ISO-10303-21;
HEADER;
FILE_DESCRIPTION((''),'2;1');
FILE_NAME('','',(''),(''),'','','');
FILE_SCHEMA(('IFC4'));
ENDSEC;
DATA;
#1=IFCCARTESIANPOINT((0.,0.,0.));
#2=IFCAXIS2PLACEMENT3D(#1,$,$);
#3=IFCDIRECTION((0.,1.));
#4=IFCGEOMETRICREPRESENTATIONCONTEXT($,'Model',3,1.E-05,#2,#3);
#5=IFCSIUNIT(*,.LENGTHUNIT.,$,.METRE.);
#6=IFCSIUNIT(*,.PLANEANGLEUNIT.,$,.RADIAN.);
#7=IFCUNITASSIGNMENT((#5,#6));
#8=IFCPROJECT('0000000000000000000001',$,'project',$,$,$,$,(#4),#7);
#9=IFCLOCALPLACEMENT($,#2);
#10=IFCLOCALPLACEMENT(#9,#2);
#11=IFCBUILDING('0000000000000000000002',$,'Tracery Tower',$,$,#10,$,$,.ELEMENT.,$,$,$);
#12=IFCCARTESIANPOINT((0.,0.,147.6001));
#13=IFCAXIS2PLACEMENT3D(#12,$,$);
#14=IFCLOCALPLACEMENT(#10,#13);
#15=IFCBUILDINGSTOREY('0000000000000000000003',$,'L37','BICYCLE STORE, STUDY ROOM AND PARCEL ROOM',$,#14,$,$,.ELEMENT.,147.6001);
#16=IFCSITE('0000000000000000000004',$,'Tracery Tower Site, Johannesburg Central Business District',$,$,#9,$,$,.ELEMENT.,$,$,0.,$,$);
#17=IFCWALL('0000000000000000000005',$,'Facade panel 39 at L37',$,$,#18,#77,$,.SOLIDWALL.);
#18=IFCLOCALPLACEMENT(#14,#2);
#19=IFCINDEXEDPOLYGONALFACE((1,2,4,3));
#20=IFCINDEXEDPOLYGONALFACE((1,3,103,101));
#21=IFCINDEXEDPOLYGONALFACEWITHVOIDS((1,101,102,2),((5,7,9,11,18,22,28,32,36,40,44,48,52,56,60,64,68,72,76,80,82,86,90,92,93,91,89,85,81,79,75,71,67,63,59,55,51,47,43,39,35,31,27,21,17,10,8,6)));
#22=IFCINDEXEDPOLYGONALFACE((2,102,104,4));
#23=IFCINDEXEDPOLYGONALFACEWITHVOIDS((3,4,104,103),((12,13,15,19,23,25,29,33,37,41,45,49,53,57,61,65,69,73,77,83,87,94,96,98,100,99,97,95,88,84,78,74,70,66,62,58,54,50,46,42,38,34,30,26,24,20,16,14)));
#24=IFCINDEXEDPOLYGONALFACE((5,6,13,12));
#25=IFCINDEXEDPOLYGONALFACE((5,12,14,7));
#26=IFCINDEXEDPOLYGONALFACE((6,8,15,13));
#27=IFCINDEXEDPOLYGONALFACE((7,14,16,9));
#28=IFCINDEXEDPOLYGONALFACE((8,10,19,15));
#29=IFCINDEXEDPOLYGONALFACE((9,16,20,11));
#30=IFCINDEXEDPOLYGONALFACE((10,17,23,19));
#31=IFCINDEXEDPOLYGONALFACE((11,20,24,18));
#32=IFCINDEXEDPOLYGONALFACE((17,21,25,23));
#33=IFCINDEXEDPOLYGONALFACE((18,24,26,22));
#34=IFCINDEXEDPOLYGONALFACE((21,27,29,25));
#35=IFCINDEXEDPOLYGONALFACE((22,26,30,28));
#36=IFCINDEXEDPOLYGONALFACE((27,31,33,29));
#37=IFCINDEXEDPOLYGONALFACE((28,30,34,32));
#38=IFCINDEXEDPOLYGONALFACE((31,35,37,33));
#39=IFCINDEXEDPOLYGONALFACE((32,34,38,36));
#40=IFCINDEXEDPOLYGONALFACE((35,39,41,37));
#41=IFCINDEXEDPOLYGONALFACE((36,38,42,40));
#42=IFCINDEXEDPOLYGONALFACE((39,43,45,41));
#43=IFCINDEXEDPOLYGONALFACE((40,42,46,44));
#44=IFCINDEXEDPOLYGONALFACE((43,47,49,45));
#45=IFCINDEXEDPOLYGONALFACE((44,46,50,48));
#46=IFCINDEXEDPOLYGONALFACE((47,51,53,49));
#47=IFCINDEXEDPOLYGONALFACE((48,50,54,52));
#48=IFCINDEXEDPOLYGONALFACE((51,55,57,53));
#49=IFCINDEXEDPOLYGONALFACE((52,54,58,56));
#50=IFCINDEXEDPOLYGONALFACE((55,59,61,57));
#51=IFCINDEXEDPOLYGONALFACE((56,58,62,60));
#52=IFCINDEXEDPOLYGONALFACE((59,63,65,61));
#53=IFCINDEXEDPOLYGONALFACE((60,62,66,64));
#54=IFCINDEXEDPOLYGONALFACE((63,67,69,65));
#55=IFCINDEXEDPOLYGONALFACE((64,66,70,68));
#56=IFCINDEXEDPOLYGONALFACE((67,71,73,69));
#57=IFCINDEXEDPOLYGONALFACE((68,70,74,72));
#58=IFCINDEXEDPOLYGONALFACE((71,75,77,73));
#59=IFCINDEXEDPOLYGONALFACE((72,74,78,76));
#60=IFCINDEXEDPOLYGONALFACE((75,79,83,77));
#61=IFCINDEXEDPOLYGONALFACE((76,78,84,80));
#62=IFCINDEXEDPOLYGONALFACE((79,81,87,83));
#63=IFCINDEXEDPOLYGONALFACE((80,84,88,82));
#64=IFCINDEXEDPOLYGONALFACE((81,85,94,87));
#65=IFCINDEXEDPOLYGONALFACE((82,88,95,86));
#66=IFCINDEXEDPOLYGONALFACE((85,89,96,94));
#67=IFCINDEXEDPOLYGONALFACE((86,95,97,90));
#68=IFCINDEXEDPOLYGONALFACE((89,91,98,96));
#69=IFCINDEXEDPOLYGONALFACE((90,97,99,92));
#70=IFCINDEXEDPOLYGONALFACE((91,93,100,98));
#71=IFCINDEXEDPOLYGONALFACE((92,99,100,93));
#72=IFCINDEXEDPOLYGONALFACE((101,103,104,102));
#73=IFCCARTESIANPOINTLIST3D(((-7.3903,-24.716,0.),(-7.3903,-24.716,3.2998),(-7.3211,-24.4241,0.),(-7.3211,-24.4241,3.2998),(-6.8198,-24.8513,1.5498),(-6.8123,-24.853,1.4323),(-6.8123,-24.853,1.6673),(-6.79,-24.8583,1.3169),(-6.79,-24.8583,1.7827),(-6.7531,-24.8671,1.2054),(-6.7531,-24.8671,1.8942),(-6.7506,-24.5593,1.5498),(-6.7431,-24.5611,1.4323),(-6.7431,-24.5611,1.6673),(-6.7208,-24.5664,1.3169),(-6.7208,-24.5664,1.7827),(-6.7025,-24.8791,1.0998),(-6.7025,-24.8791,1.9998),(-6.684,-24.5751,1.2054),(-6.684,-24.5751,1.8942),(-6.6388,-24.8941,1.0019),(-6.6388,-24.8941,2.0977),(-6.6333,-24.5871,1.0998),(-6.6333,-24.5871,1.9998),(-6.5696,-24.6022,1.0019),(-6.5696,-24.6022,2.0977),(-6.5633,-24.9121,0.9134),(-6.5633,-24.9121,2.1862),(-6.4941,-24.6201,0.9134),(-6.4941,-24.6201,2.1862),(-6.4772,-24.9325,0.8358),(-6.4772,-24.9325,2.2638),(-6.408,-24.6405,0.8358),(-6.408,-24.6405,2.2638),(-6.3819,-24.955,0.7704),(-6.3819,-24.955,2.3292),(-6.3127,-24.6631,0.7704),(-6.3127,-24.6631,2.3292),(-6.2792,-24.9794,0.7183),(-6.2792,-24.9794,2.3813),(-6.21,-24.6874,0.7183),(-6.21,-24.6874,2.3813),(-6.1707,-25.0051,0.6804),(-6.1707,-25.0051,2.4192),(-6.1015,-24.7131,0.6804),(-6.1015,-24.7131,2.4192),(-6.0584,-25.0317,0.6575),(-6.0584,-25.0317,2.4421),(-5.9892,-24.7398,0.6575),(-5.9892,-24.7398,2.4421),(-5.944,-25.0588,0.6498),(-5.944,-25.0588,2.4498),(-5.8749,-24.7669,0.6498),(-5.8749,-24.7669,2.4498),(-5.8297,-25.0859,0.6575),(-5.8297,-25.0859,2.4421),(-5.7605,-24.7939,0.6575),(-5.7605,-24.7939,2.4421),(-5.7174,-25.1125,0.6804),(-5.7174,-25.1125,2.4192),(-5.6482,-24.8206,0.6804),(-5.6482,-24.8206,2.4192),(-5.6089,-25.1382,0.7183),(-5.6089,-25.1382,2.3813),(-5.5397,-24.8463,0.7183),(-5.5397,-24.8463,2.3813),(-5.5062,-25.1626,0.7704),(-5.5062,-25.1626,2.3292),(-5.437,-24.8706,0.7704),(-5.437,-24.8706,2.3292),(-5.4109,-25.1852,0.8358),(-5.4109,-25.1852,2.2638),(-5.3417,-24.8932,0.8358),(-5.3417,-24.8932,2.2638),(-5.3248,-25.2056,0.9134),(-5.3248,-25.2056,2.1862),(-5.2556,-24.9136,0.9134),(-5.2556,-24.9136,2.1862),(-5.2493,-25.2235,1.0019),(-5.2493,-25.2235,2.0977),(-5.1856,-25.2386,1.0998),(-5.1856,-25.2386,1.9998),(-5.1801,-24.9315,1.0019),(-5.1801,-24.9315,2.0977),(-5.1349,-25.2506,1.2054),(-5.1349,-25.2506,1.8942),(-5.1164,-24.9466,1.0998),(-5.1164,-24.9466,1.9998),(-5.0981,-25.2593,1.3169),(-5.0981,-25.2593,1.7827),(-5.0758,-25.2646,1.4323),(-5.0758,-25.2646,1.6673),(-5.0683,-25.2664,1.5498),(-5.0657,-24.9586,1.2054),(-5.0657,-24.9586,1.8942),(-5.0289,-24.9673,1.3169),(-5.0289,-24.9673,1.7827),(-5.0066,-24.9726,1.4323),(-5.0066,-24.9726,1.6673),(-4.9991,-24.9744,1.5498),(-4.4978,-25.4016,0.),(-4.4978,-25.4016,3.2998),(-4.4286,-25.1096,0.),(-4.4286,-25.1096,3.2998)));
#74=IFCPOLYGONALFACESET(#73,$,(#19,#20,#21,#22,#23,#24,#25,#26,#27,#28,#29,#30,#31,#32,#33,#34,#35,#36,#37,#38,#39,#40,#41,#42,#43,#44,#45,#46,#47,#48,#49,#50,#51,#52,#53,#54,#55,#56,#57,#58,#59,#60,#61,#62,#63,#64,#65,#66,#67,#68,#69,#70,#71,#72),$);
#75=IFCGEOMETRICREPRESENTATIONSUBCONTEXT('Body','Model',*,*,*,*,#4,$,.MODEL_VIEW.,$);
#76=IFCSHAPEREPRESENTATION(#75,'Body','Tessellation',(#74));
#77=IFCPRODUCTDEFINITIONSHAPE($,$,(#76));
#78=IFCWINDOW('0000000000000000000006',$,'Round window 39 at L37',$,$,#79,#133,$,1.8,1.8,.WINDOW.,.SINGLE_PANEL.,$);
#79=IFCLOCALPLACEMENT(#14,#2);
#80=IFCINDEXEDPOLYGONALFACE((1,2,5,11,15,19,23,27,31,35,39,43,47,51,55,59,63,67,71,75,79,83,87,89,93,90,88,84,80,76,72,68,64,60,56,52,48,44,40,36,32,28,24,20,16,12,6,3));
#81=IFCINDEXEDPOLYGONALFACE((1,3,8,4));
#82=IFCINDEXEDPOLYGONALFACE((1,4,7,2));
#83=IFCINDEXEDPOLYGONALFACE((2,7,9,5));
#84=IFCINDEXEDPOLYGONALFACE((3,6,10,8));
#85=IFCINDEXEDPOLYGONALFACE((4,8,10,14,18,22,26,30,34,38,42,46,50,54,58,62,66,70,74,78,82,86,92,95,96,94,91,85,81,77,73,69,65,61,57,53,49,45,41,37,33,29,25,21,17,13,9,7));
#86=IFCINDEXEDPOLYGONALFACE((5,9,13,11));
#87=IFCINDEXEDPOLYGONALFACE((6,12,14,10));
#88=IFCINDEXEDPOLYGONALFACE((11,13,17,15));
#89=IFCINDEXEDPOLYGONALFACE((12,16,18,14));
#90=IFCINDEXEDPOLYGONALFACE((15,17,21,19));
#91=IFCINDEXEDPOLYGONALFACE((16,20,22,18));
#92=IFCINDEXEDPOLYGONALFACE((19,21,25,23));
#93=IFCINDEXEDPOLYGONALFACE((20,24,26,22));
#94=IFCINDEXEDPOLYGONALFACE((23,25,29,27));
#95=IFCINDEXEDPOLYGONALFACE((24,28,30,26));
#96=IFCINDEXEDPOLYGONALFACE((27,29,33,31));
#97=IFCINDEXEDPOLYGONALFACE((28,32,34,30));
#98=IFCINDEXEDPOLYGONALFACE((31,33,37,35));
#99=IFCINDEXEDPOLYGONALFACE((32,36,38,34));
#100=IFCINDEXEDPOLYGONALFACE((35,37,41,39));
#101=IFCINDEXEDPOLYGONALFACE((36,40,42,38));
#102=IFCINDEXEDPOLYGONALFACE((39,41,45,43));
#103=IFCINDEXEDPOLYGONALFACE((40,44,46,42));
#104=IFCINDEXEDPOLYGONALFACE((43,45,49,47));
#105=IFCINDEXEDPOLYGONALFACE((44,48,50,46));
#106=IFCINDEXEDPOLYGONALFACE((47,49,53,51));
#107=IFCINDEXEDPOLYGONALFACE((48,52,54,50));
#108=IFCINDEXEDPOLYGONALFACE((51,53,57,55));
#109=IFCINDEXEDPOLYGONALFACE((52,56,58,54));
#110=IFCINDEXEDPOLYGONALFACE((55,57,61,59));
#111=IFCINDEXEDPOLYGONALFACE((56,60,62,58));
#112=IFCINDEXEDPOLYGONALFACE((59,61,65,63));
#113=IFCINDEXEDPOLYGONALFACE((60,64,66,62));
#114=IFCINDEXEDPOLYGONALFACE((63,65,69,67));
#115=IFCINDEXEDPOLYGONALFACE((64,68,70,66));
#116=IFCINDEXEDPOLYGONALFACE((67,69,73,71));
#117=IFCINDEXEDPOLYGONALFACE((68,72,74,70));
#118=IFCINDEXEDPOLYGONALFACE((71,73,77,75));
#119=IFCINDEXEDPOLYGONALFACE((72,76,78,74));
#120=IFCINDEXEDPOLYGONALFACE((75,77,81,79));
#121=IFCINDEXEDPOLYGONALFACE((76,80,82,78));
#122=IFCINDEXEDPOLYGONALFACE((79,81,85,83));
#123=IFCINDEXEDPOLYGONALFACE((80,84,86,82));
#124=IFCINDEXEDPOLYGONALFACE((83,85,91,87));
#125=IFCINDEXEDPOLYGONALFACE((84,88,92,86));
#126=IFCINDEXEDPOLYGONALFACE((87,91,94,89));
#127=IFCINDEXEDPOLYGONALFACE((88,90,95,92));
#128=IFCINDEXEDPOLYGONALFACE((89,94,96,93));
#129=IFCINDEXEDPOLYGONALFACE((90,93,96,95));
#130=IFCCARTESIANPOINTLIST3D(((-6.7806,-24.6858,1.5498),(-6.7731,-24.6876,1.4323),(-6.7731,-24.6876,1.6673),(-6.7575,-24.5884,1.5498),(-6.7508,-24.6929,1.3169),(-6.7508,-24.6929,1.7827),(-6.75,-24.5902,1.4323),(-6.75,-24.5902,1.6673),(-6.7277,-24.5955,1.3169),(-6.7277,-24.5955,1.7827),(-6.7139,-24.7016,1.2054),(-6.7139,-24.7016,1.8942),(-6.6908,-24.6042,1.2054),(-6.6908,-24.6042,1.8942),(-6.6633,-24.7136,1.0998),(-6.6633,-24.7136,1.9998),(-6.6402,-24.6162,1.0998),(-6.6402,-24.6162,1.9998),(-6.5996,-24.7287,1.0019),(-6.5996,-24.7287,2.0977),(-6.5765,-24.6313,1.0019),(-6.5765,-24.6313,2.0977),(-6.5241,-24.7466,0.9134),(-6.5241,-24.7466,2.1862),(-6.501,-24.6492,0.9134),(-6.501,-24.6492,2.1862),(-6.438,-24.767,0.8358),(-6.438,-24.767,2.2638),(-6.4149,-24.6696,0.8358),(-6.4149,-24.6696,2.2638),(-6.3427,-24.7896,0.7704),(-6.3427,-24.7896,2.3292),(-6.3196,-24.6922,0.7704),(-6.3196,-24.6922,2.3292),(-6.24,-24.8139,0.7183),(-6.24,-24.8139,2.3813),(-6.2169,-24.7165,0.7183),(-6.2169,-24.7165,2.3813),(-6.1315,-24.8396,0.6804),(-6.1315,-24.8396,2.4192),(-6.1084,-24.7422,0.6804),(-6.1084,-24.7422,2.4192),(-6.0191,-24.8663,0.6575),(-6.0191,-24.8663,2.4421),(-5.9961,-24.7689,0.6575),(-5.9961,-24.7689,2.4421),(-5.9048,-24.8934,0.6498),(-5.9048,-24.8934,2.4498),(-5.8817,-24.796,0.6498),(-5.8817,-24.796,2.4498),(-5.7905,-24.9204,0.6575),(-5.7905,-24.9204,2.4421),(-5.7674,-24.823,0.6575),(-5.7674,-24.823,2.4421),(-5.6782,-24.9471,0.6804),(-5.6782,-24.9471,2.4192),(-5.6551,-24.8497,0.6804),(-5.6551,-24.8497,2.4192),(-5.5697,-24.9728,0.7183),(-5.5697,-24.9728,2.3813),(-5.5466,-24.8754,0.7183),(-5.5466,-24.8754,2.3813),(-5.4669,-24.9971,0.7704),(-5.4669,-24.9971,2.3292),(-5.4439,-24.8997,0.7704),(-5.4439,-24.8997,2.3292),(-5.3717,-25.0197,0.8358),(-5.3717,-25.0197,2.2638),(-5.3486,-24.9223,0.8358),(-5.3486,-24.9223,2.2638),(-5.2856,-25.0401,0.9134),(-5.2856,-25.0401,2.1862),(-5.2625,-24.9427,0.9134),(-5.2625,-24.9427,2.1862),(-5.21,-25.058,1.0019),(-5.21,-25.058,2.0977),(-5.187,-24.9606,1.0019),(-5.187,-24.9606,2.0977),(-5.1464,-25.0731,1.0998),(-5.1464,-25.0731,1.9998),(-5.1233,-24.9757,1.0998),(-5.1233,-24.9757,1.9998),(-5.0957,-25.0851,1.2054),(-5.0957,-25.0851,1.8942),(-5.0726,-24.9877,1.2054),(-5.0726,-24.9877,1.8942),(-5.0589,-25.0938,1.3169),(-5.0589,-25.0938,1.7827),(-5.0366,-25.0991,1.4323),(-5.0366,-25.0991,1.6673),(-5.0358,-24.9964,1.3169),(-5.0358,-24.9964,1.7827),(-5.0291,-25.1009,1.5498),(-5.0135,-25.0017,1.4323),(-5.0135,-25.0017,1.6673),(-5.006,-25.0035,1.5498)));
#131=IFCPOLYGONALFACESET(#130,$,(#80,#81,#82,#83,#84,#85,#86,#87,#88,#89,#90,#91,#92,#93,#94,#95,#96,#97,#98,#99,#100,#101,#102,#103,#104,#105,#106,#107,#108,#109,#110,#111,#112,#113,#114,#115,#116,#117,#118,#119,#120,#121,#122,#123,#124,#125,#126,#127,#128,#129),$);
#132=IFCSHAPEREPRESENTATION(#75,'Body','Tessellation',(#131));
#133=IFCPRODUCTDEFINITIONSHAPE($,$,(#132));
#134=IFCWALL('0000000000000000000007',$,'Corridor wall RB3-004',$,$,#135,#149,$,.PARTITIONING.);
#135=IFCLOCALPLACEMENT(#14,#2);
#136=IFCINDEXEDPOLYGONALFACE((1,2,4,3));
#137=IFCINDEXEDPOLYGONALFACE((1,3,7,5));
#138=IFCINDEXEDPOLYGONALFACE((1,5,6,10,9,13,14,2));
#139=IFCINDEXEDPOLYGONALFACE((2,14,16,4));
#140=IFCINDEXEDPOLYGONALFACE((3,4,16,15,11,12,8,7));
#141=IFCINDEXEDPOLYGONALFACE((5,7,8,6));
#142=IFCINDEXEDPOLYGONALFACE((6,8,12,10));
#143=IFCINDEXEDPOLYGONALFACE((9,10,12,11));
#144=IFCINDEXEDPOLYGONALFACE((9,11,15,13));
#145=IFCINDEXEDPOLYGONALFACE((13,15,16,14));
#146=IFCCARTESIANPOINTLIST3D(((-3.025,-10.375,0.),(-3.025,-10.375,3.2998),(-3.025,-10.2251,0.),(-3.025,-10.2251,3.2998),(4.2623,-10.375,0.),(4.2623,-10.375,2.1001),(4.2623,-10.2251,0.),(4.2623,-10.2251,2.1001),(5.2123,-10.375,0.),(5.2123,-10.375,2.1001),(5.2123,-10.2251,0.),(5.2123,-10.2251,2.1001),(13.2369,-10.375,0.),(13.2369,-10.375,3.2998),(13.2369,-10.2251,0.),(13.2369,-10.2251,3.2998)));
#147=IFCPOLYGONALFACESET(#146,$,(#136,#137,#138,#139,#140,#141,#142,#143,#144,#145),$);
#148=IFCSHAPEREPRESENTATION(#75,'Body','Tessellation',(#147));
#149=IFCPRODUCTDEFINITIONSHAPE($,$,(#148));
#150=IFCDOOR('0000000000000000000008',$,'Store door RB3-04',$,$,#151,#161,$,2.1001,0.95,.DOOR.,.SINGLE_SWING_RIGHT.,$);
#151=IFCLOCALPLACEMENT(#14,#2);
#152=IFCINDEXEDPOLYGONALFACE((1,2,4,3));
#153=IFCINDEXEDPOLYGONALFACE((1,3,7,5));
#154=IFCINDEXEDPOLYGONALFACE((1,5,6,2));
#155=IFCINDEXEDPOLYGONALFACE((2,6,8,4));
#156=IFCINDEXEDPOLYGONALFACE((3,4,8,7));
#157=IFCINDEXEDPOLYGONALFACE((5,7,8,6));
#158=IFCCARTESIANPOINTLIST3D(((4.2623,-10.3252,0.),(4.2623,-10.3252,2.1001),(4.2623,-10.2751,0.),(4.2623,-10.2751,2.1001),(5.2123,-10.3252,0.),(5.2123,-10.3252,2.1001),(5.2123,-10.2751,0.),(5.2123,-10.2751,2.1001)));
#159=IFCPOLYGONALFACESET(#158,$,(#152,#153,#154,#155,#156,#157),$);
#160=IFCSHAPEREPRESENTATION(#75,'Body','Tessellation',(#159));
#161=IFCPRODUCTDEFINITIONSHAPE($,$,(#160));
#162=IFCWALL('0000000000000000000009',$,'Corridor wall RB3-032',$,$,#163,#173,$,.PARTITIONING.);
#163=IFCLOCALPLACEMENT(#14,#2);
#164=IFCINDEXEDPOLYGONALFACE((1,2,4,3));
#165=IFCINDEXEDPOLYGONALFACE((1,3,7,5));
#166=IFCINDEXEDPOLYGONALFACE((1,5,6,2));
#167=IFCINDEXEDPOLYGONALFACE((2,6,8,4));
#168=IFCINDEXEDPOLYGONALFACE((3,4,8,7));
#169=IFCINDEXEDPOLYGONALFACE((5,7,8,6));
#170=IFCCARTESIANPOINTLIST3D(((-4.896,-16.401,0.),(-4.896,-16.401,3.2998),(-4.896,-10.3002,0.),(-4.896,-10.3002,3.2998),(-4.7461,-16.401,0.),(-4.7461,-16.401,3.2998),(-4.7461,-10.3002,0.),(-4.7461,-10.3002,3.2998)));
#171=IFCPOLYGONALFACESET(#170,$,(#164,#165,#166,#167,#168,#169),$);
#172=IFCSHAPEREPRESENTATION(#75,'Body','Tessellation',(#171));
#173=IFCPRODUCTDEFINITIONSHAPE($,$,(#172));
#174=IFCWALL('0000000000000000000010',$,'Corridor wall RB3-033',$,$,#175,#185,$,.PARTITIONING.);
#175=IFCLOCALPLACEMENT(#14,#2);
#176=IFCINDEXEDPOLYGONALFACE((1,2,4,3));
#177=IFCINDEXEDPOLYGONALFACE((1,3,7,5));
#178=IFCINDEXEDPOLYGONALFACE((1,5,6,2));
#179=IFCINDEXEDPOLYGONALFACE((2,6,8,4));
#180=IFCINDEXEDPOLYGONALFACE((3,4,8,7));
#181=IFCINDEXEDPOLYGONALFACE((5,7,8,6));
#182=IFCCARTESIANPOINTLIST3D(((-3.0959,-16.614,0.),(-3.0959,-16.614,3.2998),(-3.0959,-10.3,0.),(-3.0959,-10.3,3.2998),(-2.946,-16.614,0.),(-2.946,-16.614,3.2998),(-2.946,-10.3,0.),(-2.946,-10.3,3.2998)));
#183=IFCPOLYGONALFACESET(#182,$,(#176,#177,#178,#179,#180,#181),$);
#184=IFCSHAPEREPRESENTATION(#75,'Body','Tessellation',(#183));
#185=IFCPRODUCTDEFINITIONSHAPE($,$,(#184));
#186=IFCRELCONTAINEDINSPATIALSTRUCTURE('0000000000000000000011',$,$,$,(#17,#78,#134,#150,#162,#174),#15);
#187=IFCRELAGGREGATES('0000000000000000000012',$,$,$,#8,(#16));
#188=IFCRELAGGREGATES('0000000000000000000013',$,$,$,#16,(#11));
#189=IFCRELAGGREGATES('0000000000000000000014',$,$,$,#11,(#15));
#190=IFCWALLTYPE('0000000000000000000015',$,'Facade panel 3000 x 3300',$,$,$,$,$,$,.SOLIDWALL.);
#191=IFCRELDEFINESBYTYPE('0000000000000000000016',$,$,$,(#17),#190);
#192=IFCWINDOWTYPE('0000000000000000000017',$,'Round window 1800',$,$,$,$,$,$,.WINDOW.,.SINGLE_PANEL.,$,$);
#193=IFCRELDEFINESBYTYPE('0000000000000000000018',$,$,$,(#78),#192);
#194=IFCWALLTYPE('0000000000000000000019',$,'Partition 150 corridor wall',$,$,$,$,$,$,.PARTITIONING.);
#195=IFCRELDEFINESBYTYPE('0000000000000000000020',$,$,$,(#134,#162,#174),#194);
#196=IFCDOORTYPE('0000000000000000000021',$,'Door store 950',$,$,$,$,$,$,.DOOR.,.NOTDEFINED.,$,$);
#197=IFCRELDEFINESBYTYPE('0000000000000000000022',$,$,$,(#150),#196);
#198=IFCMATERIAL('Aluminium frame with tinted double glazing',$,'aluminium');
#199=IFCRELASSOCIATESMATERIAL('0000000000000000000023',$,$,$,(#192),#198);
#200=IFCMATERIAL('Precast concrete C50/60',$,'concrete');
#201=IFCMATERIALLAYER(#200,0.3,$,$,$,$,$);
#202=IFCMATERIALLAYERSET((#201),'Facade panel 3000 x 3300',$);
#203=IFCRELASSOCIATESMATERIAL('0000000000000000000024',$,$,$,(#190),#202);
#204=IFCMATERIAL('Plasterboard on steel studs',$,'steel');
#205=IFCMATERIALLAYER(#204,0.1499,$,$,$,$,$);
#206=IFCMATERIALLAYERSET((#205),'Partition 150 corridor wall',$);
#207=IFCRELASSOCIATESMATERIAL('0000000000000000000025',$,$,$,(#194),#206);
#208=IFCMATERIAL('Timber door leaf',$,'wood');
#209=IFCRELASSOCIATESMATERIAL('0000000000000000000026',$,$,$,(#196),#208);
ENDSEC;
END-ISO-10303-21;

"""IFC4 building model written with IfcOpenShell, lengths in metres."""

from ifc_helpers import new_model, si_unit, direction, frame, frame_2d, origin, origin_2d, place, context, subcontext, project, spatial, rectangle, circle, extrude, material, layer, layer_set, type_object, element, fill, save


model = new_model("IFC4")

# Units and contexts
model_context = context("Model", 3, precision=1e-05, world=origin(), true_north=direction((0.0, 1.0)))
body_context = subcontext(model_context, "Body", "Model", "MODEL_VIEW")
ifc_project = project(units=[si_unit("LENGTHUNIT", "METRE"), si_unit("PLANEANGLEUNIT", "RADIAN")], contexts=[model_context])

# Site, building, storey
site_placement = place(None, origin())
site = spatial("IfcSite", under=ifc_project, at=site_placement, Name="Tracery Tower Site, Johannesburg Central Business District", CompositionType="ELEMENT", RefElevation=0.0)
building_placement = place(site_placement, origin())
building = spatial("IfcBuilding", under=site, at=building_placement, Name="Tracery Tower", CompositionType="ELEMENT")
storey_placement = place(building_placement, frame((0.0, 0.0, 147.6001)))
storey = spatial("IfcBuildingStorey", under=building, at=storey_placement, Name="L37", Description="BICYCLE STORE, STUDY ROOM AND PARCEL ROOM", CompositionType="ELEMENT", Elevation=147.6001)

# Wall, opening, window
ifc_material_1 = material(Name="Aluminium frame with tinted double glazing", Category="aluminium")
window_type = type_object("IfcWindowType", Name="Round window 1800", PartitioningType="SINGLE_PANEL", PredefinedType="WINDOW", material=ifc_material_1)
ifc_material_2 = material(Name="Precast concrete C50/60", Category="concrete")
ifc_layer_1 = layer(ifc_material_2, 0.3)
ifc_layer_set_1 = layer_set([ifc_layer_1], Name="Facade panel 3000 x 3300")
wall_type_1 = type_object("IfcWallType", Name="Facade panel 3000 x 3300", PredefinedType="SOLIDWALL", material=ifc_layer_set_1)
wall_1_placement = place(storey_placement, frame((-7.3557, -24.5701, 0.0), z_axis=(0.0, 0.0, 1.0), x_axis=(0.973045, -0.230614, 0.0)))
wall_1 = element("IfcWall", 1, at=wall_1_placement, inside=storey, type_object=wall_type_1, Name="Facade panel 39 at L37", PredefinedType="SOLIDWALL", context=body_context, shape_type="SweptSolid", body=[
    extrude(rectangle(XDim=2.9727, YDim=0.3, at=frame_2d((1.4863, 0.0))), origin(), (0.0, 0.0, 1.0), 3.2998),
])
opening_1_placement = place(wall_1_placement, frame((1.4863, 0.0, 1.5498)))
opening_1 = element("IfcOpeningElement", 2, at=opening_1_placement, cuts=wall_1, PredefinedType="OPENING", context=body_context, shape_type="SweptSolid", body=[
    extrude(circle(Radius=0.9, at=origin_2d()), frame((0.0, 0.1599, 0.0), z_axis=(0.0, -1.0, 0.0), x_axis=(1.0, 0.0, 0.0)), (0.0, 0.0, 1.0), 0.3201),
])
window_1_placement = place(opening_1_placement, origin())
window_1 = element("IfcWindow", 3, at=window_1_placement, inside=storey, type_object=window_type, Name="Round window 39 at L37", OverallHeight=1.8, OverallWidth=1.8, PartitioningType="SINGLE_PANEL", PredefinedType="WINDOW", context=body_context, shape_type="SweptSolid", body=[
    extrude(circle(Radius=0.9, at=origin_2d()), frame((0.0, 0.1201, 0.0), z_axis=(0.0, -1.0, 0.0), x_axis=(1.0, 0.0, 0.0)), (0.0, 0.0, 1.0), 0.1001),
])
fill(opening_1, window_1)

# Wall, opening, door
ifc_material_3 = material(Name="Plasterboard on steel studs", Category="steel")
ifc_layer_2 = layer(ifc_material_3, 0.1499)
ifc_layer_set_2 = layer_set([ifc_layer_2], Name="Partition 150 corridor wall")
wall_type_2 = type_object("IfcWallType", Name="Partition 150 corridor wall", PredefinedType="PARTITIONING", material=ifc_layer_set_2)
wall_2_placement = place(storey_placement, frame((-3.0249, -10.3, 0.0), z_axis=(0.0, 0.0, 1.0), x_axis=(1.0, 0.0, 0.0)))
wall_2 = element("IfcWall", 4, at=wall_2_placement, inside=storey, type_object=wall_type_2, Name="Corridor wall RB3-004", PredefinedType="PARTITIONING", context=body_context, shape_type="SweptSolid", body=[
    extrude(rectangle(XDim=16.262, YDim=0.1499, at=frame_2d((8.1309, 0.0))), origin(), (0.0, 0.0, 1.0), 3.2998),
])
opening_2_placement = place(wall_2_placement, frame((7.2871, 0.0, 0.0)))
opening_2 = element("IfcOpeningElement", 5, at=opening_2_placement, cuts=wall_2, PredefinedType="OPENING", context=body_context, shape_type="SweptSolid", body=[
    extrude(rectangle(XDim=0.95, YDim=2.1001, at=frame_2d((0.4751, 1.05))), frame((0.0, 0.075, 0.0), z_axis=(0.0, -1.0, 0.0), x_axis=(1.0, 0.0, 0.0)), (0.0, 0.0, 1.0), 0.1499),
])
ifc_material_4 = material(Name="Timber door leaf", Category="wood")
door_type_1 = type_object("IfcDoorType", Name="Door store 950", OperationType="NOTDEFINED", PredefinedType="DOOR", material=ifc_material_4)
door_1_placement = place(opening_2_placement, origin())
door_1 = element("IfcDoor", 6, at=door_1_placement, inside=storey, type_object=door_type_1, Name="Store door RB3-04", OperationType="SINGLE_SWING_RIGHT", OverallHeight=2.1001, OverallWidth=0.95, PredefinedType="DOOR", context=body_context, shape_type="SweptSolid", body=[
    extrude(rectangle(XDim=0.95, YDim=2.1001, at=frame_2d((0.4751, 1.05))), frame((0.0, 0.0249, 0.0), z_axis=(0.0, -1.0, 0.0), x_axis=(1.0, 0.0, 0.0)), (0.0, 0.0, 1.0), 0.05),
])
fill(opening_2, door_1)

# Walls
wall_3_placement = place(storey_placement, frame((-4.821, -16.4009, 0.0), z_axis=(0.0, 0.0, 1.0), x_axis=(0.0, 1.0, 0.0)))
element("IfcWall", 7, at=wall_3_placement, inside=storey, type_object=wall_type_2, Name="Corridor wall RB3-032", PredefinedType="PARTITIONING", context=body_context, shape_type="SweptSolid", body=[
    extrude(rectangle(XDim=6.1008, YDim=0.1499, at=frame_2d((3.0503, 0.0))), origin(), (0.0, 0.0, 1.0), 3.2998),
])
wall_4_placement = place(storey_placement, frame((-3.021, -16.614, 0.0), z_axis=(0.0, 0.0, 1.0), x_axis=(0.0, 1.0, 0.0)))
element("IfcWall", 8, at=wall_4_placement, inside=storey, type_object=wall_type_2, Name="Corridor wall RB3-033", PredefinedType="PARTITIONING", context=body_context, shape_type="SweptSolid", body=[
    extrude(rectangle(XDim=6.314, YDim=0.1499, at=frame_2d((3.157, 0.0))), origin(), (0.0, 0.0, 1.0), 3.2998),
])

save(model, "model.ifc")
